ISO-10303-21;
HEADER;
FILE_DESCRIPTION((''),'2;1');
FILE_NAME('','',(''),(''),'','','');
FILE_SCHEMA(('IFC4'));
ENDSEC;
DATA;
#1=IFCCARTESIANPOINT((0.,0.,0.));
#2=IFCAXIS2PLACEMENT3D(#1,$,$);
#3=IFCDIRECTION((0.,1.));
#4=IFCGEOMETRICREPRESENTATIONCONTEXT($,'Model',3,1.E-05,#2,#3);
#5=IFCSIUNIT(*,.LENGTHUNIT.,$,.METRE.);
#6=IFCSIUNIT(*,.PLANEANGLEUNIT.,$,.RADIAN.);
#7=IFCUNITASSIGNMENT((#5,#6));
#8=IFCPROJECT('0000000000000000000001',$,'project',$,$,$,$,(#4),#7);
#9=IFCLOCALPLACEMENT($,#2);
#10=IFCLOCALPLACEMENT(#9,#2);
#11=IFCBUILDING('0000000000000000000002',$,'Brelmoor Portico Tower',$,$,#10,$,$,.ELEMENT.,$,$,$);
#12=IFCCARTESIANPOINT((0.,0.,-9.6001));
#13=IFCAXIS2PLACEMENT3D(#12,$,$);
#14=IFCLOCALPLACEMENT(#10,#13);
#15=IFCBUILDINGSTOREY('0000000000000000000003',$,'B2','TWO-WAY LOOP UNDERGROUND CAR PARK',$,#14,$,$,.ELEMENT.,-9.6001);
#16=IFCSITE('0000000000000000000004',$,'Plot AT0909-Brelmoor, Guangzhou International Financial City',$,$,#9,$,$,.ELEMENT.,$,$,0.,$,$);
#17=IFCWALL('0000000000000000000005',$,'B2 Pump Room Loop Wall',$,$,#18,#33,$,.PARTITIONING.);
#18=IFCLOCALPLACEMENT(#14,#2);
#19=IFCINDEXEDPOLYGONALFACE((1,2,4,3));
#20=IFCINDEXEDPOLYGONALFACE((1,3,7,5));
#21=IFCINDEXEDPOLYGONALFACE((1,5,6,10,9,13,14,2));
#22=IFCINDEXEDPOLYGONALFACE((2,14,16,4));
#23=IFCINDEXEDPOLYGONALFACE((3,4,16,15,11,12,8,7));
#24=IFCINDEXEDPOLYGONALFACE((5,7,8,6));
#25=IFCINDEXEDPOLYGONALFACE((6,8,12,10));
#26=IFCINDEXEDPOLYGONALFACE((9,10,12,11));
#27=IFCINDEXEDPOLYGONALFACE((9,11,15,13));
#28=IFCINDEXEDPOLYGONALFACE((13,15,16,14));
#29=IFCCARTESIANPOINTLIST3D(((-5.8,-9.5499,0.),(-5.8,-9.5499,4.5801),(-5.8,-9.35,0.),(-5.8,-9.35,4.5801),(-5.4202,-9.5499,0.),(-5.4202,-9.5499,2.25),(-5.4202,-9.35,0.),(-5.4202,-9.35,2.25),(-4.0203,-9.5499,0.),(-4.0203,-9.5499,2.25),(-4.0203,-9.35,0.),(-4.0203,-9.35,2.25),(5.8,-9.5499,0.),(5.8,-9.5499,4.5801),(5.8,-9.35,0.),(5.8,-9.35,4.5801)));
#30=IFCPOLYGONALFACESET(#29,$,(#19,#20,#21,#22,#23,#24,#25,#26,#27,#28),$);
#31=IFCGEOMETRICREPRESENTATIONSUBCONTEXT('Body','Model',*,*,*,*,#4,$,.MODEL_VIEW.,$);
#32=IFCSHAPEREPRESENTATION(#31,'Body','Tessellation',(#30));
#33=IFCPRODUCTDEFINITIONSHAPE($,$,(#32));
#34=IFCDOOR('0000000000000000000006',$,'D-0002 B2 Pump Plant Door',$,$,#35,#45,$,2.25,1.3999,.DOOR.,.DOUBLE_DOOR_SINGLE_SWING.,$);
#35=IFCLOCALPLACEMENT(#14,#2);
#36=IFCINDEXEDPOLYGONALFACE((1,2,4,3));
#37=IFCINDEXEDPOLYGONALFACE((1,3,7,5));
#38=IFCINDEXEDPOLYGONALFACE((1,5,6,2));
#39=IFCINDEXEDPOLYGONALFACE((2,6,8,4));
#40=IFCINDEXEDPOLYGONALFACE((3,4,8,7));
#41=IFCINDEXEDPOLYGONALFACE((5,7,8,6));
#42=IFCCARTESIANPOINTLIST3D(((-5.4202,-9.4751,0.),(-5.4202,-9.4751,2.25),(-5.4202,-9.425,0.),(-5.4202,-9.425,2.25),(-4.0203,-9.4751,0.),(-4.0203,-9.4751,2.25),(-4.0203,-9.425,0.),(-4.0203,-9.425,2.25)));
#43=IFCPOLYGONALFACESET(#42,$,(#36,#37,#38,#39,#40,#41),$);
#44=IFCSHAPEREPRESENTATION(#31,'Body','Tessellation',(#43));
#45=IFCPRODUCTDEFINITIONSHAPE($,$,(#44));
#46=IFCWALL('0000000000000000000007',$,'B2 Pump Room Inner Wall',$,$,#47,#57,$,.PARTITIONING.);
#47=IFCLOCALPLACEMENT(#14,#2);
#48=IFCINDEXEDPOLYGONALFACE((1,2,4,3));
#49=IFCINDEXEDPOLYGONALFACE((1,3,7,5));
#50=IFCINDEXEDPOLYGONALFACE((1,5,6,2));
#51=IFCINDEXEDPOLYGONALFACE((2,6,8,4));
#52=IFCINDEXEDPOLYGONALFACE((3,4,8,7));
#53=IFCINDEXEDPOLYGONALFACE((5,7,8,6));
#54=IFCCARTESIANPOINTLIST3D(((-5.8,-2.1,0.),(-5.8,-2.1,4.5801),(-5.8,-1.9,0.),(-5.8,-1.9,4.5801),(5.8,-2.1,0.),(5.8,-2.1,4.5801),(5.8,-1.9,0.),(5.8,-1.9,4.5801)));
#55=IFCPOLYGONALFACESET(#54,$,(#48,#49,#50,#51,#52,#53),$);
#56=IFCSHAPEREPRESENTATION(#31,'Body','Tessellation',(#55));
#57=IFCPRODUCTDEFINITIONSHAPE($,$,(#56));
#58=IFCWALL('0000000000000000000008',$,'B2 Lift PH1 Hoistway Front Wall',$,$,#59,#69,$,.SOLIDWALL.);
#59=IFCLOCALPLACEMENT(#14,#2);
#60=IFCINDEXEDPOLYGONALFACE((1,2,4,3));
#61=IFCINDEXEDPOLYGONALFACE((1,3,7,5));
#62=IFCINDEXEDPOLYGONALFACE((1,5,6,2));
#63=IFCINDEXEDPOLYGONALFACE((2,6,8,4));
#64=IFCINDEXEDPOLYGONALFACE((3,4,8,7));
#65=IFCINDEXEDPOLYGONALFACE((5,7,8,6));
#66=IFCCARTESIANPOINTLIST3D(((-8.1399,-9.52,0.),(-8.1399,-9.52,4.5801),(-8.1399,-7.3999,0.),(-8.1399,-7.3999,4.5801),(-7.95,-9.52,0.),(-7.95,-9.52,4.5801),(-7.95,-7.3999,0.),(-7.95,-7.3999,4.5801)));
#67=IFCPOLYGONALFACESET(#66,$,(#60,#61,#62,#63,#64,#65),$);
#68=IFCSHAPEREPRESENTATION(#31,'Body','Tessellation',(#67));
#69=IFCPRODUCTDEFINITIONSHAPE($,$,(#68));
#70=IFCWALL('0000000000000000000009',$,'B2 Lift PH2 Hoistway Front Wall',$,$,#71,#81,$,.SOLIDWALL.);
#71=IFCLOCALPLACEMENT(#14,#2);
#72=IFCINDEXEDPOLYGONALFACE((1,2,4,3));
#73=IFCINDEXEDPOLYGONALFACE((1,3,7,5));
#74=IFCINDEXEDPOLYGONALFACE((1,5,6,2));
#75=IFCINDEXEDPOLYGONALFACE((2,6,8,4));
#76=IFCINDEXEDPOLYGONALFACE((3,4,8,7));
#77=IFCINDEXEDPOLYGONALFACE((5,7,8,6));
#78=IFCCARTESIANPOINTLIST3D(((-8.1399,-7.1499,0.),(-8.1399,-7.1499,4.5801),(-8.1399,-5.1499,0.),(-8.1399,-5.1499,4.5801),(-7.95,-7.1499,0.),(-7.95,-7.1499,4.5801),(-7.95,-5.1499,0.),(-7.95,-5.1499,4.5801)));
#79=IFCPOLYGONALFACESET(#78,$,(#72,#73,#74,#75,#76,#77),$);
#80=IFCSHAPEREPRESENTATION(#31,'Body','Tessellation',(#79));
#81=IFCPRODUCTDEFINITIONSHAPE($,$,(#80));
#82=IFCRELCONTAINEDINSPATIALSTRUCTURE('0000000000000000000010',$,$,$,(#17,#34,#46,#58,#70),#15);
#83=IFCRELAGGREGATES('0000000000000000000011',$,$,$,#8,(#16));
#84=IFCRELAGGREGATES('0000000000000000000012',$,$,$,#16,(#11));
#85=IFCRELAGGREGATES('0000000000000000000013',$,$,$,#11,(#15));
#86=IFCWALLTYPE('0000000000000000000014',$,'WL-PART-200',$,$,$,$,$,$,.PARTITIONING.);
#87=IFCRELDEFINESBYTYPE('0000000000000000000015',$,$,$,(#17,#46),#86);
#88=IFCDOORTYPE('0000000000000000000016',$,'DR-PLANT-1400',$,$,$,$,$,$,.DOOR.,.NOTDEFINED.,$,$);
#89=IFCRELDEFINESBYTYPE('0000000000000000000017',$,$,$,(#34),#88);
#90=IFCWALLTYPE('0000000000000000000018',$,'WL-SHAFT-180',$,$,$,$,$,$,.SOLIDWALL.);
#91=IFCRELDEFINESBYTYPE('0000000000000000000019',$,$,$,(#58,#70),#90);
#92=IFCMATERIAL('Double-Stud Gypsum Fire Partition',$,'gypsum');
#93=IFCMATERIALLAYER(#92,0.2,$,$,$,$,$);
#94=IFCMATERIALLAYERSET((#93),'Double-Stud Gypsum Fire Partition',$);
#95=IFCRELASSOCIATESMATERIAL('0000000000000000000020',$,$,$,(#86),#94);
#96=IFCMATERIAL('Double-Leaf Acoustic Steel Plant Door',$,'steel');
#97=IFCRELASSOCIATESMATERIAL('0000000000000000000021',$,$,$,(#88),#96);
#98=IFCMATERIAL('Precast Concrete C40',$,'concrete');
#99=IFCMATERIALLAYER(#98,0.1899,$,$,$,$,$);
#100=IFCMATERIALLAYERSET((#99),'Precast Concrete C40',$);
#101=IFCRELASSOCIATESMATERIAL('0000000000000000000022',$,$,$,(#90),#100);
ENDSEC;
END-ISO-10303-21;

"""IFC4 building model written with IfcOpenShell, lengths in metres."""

from ifc_helpers import new_model, si_unit, direction, frame, frame_2d, origin, place, context, subcontext, project, spatial, rectangle, extrude, material, layer, layer_set, type_object, element, fill, save


model = new_model("IFC4")

# Units and contexts
model_context = context("Model", 3, precision=1e-05, world=origin(), true_north=direction((0.0, 1.0)))
body_context = subcontext(model_context, "Body", "Model", "MODEL_VIEW")
ifc_project = project(units=[si_unit("LENGTHUNIT", "METRE"), si_unit("PLANEANGLEUNIT", "RADIAN")], contexts=[model_context])

# Site, building, storey
site_placement = place(None, origin())
site = spatial("IfcSite", under=ifc_project, at=site_placement, Name="Plot AT0909-Brelmoor, Guangzhou International Financial City", CompositionType="ELEMENT", RefElevation=0.0)
building_placement = place(site_placement, origin())
building = spatial("IfcBuilding", under=site, at=building_placement, Name="Brelmoor Portico Tower", CompositionType="ELEMENT")
storey_placement = place(building_placement, frame((0.0, 0.0, -9.6001)))
storey = spatial("IfcBuildingStorey", under=building, at=storey_placement, Name="B2", Description="TWO-WAY LOOP UNDERGROUND CAR PARK", CompositionType="ELEMENT", Elevation=-9.6001)

# Shared definitions
ifc_material_1 = material(Name="Double-Stud Gypsum Fire Partition", Category="gypsum")
ifc_layer_1 = layer(ifc_material_1, 0.2)
ifc_layer_set_1 = layer_set([ifc_layer_1], Name="Double-Stud Gypsum Fire Partition")
wall_type_1 = type_object("IfcWallType", Name="WL-PART-200", PredefinedType="PARTITIONING", material=ifc_layer_set_1)

# Wall, opening, door
wall_1_placement = place(storey_placement, frame((-5.8, -9.45, 0.0), z_axis=(0.0, 0.0, 1.0), x_axis=(1.0, 0.0, 0.0)))
wall_1 = element("IfcWall", 1, at=wall_1_placement, inside=storey, type_object=wall_type_1, Name="B2 Pump Room Loop Wall", PredefinedType="PARTITIONING", context=body_context, shape_type="SweptSolid", body=[
    extrude(rectangle(XDim=11.6001, YDim=0.2, at=frame_2d((5.8, 0.0))), origin(), (0.0, 0.0, 1.0), 4.5801),
])
opening_1_placement = place(wall_1_placement, frame((0.3799, 0.0, 0.0)))
opening_1 = element("IfcOpeningElement", 2, at=opening_1_placement, cuts=wall_1, PredefinedType="OPENING", context=body_context, shape_type="SweptSolid", body=[
    extrude(rectangle(XDim=1.3999, YDim=2.25, at=frame_2d((0.7, 1.125))), frame((0.0, 0.1099, 0.0), z_axis=(0.0, -1.0, 0.0), x_axis=(1.0, 0.0, 0.0)), (0.0, 0.0, 1.0), 0.22),
])
ifc_material_2 = material(Name="Double-Leaf Acoustic Steel Plant Door", Category="steel")
door_type_1 = type_object("IfcDoorType", Name="DR-PLANT-1400", OperationType="NOTDEFINED", PredefinedType="DOOR", material=ifc_material_2)
door_1_placement = place(opening_1_placement, origin())
door_1 = element("IfcDoor", 3, at=door_1_placement, inside=storey, type_object=door_type_1, Name="D-0002 B2 Pump Plant Door", OperationType="DOUBLE_DOOR_SINGLE_SWING", OverallHeight=2.25, OverallWidth=1.3999, PredefinedType="DOOR", context=body_context, shape_type="SweptSolid", body=[
    extrude(rectangle(XDim=1.3999, YDim=2.25, at=frame_2d((0.7, 1.125))), frame((0.0, 0.0249, 0.0), z_axis=(0.0, -1.0, 0.0), x_axis=(1.0, 0.0, 0.0)), (0.0, 0.0, 1.0), 0.05),
])
fill(opening_1, door_1)

# Walls
wall_2_placement = place(storey_placement, frame((-5.8, -2.0, 0.0), z_axis=(0.0, 0.0, 1.0), x_axis=(1.0, 0.0, 0.0)))
element("IfcWall", 4, at=wall_2_placement, inside=storey, type_object=wall_type_1, Name="B2 Pump Room Inner Wall", PredefinedType="PARTITIONING", context=body_context, shape_type="SweptSolid", body=[
    extrude(rectangle(XDim=11.6001, YDim=0.2, at=frame_2d((5.8, 0.0))), origin(), (0.0, 0.0, 1.0), 4.5801),
])
ifc_material_3 = material(Name="Precast Concrete C40", Category="concrete")
ifc_layer_2 = layer(ifc_material_3, 0.1899)
ifc_layer_set_2 = layer_set([ifc_layer_2], Name="Precast Concrete C40")
wall_type_2 = type_object("IfcWallType", Name="WL-SHAFT-180", PredefinedType="SOLIDWALL", material=ifc_layer_set_2)
wall_3_placement = place(storey_placement, frame((-8.0449, -9.52, 0.0), z_axis=(0.0, 0.0, 1.0), x_axis=(0.0, 1.0, 0.0)))
element("IfcWall", 5, at=wall_3_placement, inside=storey, type_object=wall_type_2, Name="B2 Lift PH1 Hoistway Front Wall", PredefinedType="SOLIDWALL", context=body_context, shape_type="SweptSolid", body=[
    extrude(rectangle(XDim=2.1201, YDim=0.1899, at=frame_2d((1.0601, 0.0))), origin(), (0.0, 0.0, 1.0), 4.5801),
])
wall_4_placement = place(storey_placement, frame((-8.0449, -7.1499, 0.0), z_axis=(0.0, 0.0, 1.0), x_axis=(0.0, 1.0, 0.0)))
element("IfcWall", 6, at=wall_4_placement, inside=storey, type_object=wall_type_2, Name="B2 Lift PH2 Hoistway Front Wall", PredefinedType="SOLIDWALL", context=body_context, shape_type="SweptSolid", body=[
    extrude(rectangle(XDim=2.0, YDim=0.1899, at=frame_2d((1.0, 0.0))), origin(), (0.0, 0.0, 1.0), 4.5801),
])

save(model, "model.ifc")
